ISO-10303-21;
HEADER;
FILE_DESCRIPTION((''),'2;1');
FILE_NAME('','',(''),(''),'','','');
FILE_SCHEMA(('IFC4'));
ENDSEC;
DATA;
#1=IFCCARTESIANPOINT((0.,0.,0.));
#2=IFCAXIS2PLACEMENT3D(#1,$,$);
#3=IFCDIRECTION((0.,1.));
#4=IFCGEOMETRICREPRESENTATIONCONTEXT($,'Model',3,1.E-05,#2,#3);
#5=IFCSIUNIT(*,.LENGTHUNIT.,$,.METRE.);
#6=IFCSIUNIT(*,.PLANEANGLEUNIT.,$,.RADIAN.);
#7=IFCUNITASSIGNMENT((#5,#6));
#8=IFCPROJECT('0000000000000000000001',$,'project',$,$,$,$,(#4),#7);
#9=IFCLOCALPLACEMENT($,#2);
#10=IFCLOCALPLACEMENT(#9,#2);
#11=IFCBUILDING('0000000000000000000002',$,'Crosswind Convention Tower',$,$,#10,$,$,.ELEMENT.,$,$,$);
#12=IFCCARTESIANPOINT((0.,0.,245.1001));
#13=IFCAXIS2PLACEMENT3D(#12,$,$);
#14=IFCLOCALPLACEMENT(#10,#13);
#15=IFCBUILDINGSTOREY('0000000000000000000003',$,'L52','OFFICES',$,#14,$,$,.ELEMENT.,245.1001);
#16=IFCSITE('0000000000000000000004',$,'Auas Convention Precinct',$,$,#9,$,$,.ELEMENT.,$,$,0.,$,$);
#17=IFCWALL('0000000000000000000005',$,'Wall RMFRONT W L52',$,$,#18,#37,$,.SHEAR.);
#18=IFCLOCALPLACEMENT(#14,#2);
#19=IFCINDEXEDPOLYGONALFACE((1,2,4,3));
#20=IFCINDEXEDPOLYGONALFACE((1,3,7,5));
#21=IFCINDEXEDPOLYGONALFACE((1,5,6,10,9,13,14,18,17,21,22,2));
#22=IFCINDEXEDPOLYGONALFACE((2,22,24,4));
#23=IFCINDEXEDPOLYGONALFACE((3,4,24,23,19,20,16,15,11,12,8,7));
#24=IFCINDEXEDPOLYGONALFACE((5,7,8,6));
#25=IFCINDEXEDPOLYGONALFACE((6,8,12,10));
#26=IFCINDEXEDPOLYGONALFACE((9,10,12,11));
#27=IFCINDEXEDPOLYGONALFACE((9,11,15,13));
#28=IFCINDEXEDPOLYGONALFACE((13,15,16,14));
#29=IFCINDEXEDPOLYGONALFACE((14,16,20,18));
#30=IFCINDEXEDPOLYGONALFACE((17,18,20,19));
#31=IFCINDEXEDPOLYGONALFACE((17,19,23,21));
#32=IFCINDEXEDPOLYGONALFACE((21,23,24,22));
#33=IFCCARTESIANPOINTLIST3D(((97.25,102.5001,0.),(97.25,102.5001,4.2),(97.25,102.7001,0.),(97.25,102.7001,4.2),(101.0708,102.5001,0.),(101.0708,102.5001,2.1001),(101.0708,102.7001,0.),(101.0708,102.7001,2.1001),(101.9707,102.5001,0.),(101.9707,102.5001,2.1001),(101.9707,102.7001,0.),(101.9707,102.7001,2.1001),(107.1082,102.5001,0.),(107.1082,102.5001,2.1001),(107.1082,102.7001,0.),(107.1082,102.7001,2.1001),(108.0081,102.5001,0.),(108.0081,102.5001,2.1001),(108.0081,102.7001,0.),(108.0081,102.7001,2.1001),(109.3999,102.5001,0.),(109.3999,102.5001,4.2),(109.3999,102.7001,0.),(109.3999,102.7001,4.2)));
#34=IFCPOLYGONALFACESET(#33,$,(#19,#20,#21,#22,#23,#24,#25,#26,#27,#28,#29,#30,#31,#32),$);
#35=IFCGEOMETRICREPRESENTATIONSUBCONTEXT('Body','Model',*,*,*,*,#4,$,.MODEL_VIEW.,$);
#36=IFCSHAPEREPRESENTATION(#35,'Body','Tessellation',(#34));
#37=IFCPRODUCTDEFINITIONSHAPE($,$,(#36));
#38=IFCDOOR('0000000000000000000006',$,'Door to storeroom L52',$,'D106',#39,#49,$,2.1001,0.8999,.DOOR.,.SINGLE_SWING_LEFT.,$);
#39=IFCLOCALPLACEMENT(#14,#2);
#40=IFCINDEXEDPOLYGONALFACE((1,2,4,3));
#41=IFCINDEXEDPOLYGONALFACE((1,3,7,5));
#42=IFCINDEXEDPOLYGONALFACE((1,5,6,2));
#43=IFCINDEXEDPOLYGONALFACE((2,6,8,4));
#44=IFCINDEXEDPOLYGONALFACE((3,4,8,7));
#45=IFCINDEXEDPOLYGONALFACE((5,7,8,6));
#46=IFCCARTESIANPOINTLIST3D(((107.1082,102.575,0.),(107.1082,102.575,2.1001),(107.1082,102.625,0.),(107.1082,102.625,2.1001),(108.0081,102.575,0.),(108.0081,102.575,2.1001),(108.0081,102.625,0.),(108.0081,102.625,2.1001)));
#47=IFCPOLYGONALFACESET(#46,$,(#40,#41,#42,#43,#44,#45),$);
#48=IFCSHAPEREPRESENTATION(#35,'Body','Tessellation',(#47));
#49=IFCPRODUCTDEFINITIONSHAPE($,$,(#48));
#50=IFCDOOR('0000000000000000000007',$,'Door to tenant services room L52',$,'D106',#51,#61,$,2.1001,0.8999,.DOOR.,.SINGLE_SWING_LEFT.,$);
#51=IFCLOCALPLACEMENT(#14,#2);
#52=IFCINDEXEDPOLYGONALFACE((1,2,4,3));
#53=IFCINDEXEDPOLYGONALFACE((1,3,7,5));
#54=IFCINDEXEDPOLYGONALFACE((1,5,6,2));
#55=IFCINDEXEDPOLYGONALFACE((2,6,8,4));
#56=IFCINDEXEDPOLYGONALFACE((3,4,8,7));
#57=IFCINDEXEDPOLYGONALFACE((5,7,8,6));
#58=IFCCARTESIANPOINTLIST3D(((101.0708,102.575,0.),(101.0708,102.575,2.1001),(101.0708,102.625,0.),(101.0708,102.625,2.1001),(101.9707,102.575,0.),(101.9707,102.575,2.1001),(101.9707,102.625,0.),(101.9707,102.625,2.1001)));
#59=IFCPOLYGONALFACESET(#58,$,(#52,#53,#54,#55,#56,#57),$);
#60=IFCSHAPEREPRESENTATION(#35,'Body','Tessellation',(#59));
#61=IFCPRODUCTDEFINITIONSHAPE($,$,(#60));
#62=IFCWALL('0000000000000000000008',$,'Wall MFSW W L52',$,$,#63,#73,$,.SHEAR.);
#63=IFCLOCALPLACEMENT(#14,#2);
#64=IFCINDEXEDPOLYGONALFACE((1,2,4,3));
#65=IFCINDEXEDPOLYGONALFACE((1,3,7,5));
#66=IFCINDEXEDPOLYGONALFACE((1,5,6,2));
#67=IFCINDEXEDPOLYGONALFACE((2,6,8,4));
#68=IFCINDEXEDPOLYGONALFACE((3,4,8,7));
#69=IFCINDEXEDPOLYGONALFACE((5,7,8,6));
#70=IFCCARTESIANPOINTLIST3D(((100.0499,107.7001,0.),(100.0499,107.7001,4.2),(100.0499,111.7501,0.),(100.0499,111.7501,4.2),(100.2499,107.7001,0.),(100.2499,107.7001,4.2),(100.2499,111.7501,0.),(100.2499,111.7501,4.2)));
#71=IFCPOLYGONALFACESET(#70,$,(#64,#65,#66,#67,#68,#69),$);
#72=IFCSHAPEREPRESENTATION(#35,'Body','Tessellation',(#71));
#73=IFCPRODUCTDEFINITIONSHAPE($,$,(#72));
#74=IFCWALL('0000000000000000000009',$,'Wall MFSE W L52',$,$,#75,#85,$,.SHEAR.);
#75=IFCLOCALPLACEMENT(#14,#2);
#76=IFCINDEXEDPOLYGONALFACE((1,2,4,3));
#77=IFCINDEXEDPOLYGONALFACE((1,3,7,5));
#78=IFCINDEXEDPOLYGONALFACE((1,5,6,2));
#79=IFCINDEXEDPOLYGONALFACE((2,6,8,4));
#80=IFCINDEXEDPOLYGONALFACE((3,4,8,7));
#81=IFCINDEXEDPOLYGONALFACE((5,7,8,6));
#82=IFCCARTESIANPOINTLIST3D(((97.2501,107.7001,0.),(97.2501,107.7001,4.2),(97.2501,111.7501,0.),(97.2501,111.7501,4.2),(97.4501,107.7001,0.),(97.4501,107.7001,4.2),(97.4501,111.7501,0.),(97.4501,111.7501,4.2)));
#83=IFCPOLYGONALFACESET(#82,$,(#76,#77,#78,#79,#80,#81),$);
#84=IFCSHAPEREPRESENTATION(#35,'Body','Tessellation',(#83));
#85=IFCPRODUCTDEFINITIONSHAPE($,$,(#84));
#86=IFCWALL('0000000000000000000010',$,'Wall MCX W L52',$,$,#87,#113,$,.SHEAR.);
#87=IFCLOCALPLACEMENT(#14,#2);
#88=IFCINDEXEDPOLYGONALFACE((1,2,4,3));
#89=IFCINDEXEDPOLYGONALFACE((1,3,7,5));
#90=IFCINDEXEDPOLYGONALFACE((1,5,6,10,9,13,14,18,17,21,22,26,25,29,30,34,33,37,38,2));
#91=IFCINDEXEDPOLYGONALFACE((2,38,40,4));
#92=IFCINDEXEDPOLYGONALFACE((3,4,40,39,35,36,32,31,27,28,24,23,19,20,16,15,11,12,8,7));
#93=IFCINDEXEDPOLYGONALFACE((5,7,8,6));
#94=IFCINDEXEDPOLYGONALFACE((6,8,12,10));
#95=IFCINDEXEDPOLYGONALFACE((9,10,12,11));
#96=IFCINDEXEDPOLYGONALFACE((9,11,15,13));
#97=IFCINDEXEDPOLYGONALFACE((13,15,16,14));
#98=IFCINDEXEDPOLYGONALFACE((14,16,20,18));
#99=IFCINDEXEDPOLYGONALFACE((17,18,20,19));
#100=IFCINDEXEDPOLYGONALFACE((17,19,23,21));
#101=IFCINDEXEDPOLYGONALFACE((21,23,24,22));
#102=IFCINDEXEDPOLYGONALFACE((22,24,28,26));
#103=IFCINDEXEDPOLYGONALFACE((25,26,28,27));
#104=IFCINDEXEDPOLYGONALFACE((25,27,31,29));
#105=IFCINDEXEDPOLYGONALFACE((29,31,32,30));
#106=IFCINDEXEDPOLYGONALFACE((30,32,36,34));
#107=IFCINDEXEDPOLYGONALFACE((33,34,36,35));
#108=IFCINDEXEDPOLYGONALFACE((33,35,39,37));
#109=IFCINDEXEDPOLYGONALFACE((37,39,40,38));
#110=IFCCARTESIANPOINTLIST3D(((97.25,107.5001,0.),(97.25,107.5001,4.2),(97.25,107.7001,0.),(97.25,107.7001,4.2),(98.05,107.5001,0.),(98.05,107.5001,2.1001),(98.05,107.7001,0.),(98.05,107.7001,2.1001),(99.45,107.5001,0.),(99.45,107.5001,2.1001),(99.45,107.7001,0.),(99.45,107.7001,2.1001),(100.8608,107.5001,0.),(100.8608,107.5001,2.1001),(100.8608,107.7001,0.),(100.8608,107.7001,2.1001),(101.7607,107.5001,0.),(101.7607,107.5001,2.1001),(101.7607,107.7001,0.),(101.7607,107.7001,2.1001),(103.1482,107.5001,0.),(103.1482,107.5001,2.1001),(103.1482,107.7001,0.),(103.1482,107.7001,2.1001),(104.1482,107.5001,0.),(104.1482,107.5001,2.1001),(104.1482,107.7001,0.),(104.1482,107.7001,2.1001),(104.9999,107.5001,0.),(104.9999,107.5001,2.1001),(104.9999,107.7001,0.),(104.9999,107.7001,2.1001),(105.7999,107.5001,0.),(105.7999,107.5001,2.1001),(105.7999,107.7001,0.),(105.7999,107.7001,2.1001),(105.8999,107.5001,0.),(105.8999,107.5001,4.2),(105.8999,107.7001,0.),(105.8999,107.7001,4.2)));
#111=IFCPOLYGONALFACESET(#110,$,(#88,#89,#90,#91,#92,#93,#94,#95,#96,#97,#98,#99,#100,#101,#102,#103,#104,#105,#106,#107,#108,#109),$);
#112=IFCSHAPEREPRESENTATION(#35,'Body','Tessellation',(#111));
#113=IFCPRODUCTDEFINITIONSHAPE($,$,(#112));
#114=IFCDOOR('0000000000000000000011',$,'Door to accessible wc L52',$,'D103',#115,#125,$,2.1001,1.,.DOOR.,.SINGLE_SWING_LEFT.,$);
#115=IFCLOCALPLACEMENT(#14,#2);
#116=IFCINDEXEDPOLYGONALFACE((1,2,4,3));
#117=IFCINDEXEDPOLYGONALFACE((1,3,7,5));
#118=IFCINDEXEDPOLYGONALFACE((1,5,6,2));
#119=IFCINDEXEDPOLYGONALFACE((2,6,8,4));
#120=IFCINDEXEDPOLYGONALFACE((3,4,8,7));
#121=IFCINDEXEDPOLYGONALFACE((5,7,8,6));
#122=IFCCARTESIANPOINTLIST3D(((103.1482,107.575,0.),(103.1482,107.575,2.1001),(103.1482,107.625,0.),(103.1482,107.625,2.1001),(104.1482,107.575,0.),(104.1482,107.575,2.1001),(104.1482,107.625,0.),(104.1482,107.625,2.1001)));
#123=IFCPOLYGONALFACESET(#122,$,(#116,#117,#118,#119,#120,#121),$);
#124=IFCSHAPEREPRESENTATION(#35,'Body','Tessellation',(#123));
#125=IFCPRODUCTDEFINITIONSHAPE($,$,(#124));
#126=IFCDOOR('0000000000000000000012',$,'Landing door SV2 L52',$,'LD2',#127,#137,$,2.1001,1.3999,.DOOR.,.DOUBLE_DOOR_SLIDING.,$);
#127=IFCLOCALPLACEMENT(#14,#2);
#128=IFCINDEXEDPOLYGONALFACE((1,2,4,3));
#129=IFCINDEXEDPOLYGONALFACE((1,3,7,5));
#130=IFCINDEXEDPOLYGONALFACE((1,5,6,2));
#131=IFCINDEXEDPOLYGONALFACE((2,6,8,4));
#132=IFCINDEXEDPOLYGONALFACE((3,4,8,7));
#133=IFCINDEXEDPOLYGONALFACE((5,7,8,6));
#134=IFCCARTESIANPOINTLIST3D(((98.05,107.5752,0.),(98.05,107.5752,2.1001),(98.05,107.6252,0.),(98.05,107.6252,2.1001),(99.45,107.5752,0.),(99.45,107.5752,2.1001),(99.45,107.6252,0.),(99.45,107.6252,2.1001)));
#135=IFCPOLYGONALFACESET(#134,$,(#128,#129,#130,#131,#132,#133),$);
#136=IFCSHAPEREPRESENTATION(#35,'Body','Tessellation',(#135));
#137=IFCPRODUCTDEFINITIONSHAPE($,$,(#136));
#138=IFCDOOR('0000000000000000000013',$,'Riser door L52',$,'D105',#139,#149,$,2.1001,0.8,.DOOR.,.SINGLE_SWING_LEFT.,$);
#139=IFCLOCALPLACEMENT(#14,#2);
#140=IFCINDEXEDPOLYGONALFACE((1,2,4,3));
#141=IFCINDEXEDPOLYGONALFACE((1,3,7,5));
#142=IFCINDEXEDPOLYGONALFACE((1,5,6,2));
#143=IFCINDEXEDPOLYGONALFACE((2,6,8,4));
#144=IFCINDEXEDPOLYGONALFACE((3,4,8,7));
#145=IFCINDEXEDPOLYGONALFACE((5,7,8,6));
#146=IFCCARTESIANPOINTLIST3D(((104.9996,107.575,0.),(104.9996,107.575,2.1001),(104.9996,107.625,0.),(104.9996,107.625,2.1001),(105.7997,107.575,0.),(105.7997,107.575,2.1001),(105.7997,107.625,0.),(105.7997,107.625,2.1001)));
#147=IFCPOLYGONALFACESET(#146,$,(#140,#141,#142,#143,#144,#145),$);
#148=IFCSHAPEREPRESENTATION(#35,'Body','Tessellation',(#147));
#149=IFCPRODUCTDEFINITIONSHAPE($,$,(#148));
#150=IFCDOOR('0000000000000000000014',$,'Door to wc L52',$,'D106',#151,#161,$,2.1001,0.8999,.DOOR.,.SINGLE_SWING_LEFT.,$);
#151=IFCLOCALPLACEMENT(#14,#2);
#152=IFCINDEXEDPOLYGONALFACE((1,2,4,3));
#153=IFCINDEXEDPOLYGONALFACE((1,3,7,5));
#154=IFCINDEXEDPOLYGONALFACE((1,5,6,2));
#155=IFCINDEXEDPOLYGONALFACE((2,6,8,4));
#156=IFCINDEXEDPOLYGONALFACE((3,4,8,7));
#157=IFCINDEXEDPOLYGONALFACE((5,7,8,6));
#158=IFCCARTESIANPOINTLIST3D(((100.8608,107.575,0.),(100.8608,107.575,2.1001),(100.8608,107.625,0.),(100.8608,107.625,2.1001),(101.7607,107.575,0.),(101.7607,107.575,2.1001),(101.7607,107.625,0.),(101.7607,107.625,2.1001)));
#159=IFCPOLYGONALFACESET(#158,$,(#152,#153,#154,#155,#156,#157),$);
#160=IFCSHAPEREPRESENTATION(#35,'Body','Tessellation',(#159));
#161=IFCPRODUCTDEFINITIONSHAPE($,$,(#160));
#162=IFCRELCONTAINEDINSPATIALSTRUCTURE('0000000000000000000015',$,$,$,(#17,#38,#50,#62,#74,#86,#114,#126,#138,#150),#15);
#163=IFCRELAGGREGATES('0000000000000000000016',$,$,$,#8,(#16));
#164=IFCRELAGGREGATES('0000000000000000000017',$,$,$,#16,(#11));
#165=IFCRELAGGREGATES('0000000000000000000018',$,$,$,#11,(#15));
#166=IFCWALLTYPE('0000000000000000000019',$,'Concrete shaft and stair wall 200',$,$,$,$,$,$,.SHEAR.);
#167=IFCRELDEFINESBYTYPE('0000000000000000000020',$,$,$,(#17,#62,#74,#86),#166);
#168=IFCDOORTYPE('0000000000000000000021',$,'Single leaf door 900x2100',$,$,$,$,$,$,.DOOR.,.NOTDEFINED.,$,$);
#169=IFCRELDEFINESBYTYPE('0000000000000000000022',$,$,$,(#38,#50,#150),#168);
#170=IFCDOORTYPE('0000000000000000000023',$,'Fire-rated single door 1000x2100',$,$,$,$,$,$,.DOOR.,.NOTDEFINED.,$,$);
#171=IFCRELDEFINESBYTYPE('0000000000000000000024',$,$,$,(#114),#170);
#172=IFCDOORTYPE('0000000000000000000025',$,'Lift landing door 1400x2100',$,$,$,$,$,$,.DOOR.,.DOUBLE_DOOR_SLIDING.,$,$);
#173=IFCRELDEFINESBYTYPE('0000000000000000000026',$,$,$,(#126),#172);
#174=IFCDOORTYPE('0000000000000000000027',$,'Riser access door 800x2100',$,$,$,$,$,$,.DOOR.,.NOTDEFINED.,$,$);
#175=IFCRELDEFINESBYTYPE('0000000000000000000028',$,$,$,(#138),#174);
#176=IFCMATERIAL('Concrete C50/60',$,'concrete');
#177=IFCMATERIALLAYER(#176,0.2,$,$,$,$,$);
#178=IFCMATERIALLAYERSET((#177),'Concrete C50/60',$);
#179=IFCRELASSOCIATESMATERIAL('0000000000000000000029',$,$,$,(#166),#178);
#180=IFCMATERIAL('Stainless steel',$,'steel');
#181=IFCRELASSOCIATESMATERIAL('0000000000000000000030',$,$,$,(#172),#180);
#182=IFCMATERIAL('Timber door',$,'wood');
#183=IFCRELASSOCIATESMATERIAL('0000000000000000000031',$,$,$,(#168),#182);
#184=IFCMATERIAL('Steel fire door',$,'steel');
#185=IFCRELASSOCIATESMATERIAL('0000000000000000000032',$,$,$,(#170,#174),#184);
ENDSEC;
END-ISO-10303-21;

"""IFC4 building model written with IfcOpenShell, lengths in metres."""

from ifc_helpers import new_model, si_unit, direction, frame, frame_2d, origin, place, context, subcontext, project, spatial, rectangle, extrude, material, layer, layer_set, type_object, element, fill, save


model = new_model("IFC4")

# Units and contexts
model_context = context("Model", 3, precision=1e-05, world=origin(), true_north=direction((0.0, 1.0)))
body_context = subcontext(model_context, "Body", "Model", "MODEL_VIEW")
ifc_project = project(units=[si_unit("LENGTHUNIT", "METRE"), si_unit("PLANEANGLEUNIT", "RADIAN")], contexts=[model_context])

# Site, building, storey
site_placement = place(None, origin())
site = spatial("IfcSite", under=ifc_project, at=site_placement, Name="Auas Convention Precinct", CompositionType="ELEMENT", RefElevation=0.0)
building_placement = place(site_placement, origin())
building = spatial("IfcBuilding", under=site, at=building_placement, Name="Crosswind Convention Tower", CompositionType="ELEMENT")
storey_placement = place(building_placement, frame((0.0, 0.0, 245.1001)))
storey = spatial("IfcBuildingStorey", under=building, at=storey_placement, Name="L52", Description="OFFICES", CompositionType="ELEMENT", Elevation=245.1001)

# Shared definitions
ifc_material_1 = material(Name="Concrete C50/60", Category="concrete")
ifc_layer_1 = layer(ifc_material_1, 0.2)
ifc_layer_set_1 = layer_set([ifc_layer_1], Name="Concrete C50/60")
wall_type_1 = type_object("IfcWallType", Name="Concrete shaft and stair wall 200", PredefinedType="SHEAR", material=ifc_layer_set_1)

# Shared definitions
ifc_material_2 = material(Name="Stainless steel", Category="steel")
door_type_1 = type_object("IfcDoorType", Name="Lift landing door 1400x2100", OperationType="DOUBLE_DOOR_SLIDING", PredefinedType="DOOR", material=ifc_material_2)

# Wall, openings, doors
wall_1_placement = place(storey_placement, frame((109.3999, 102.6001, 0.0), z_axis=(0.0, 0.0, 1.0), x_axis=(-1.0, 0.0, 0.0)))
wall_1 = element("IfcWall", 1, at=wall_1_placement, inside=storey, type_object=wall_type_1, Name="Wall RMFRONT W L52", PredefinedType="SHEAR", context=body_context, shape_type="SweptSolid", body=[
    extrude(rectangle(XDim=12.1499, YDim=0.2, at=frame_2d((6.075, 0.0))), origin(), (0.0, 0.0, 1.0), 4.2),
])
opening_1_placement = place(wall_1_placement, frame((1.3918, 0.0, 0.0)))
opening_1 = element("IfcOpeningElement", 2, at=opening_1_placement, cuts=wall_1, PredefinedType="OPENING", context=body_context, shape_type="SweptSolid", body=[
    extrude(rectangle(XDim=0.8999, YDim=2.1001, at=frame_2d((0.45, 1.05))), frame((0.0, 0.1099, 0.0), z_axis=(0.0, -1.0, 0.0), x_axis=(1.0, 0.0, 0.0)), (0.0, 0.0, 1.0), 0.22),
])
opening_2_placement = place(wall_1_placement, frame((7.4292, 0.0, 0.0)))
opening_2 = element("IfcOpeningElement", 3, at=opening_2_placement, cuts=wall_1, PredefinedType="OPENING", context=body_context, shape_type="SweptSolid", body=[
    extrude(rectangle(XDim=0.8999, YDim=2.1001, at=frame_2d((0.45, 1.05))), frame((0.0, 0.1099, 0.0), z_axis=(0.0, -1.0, 0.0), x_axis=(1.0, 0.0, 0.0)), (0.0, 0.0, 1.0), 0.22),
])
ifc_material_3 = material(Name="Timber door", Category="wood")
door_type_2 = type_object("IfcDoorType", Name="Single leaf door 900x2100", OperationType="NOTDEFINED", PredefinedType="DOOR", material=ifc_material_3)
door_1_placement = place(opening_1_placement, frame((0.8999, 0.0, 0.0), z_axis=(0.0, 0.0, 1.0), x_axis=(-1.0, 0.0, 0.0)))
door_1 = element("IfcDoor", 4, at=door_1_placement, inside=storey, type_object=door_type_2, Name="Door to storeroom L52", ObjectType="D106", OperationType="SINGLE_SWING_LEFT", OverallHeight=2.1001, OverallWidth=0.8999, PredefinedType="DOOR", context=body_context, shape_type="SweptSolid", body=[
    extrude(rectangle(XDim=0.8999, YDim=2.1001, at=frame_2d((0.45, 1.05))), frame((0.0, 0.0249, 0.0), z_axis=(0.0, -1.0, 0.0), x_axis=(1.0, 0.0, 0.0)), (0.0, 0.0, 1.0), 0.05),
])
fill(opening_1, door_1)
door_2_placement = place(opening_2_placement, frame((0.8999, 0.0, 0.0), z_axis=(0.0, 0.0, 1.0), x_axis=(-1.0, 0.0, 0.0)))
door_2 = element("IfcDoor", 5, at=door_2_placement, inside=storey, type_object=door_type_2, Name="Door to tenant services room L52", ObjectType="D106", OperationType="SINGLE_SWING_LEFT", OverallHeight=2.1001, OverallWidth=0.8999, PredefinedType="DOOR", context=body_context, shape_type="SweptSolid", body=[
    extrude(rectangle(XDim=0.8999, YDim=2.1001, at=frame_2d((0.45, 1.05))), frame((0.0, 0.0249, 0.0), z_axis=(0.0, -1.0, 0.0), x_axis=(1.0, 0.0, 0.0)), (0.0, 0.0, 1.0), 0.05),
])
fill(opening_2, door_2)

# Walls
for number, where, z_axis, x_axis, name in (
    (6, (100.1499, 111.75, 0.0), (0.0, 0.0, 1.0), (0.0, -1.0, 0.0), "Wall MFSW W L52"),
    (7, (97.3501, 111.75, 0.0), (0.0, 0.0, 1.0), (0.0, -1.0, 0.0), "Wall MFSE W L52"),
):
    element("IfcWall", number, at=place(storey_placement, frame(where, z_axis=z_axis, x_axis=x_axis)), inside=storey, type_object=wall_type_1, Name=name, PredefinedType="SHEAR", context=body_context, shape_type="SweptSolid", body=[
        extrude(rectangle(XDim=4.05, YDim=0.2, at=frame_2d((2.0249, 0.0))), origin(), (0.0, 0.0, 1.0), 4.2),
    ])

# Wall, openings, doors
wall_2_placement = place(storey_placement, frame((105.8999, 107.6001, 0.0), z_axis=(0.0, 0.0, 1.0), x_axis=(-1.0, 0.0, 0.0)))
wall_2 = element("IfcWall", 8, at=wall_2_placement, inside=storey, type_object=wall_type_1, Name="Wall MCX W L52", PredefinedType="SHEAR", context=body_context, shape_type="SweptSolid", body=[
    extrude(rectangle(XDim=8.6499, YDim=0.2, at=frame_2d((4.325, 0.0))), origin(), (0.0, 0.0, 1.0), 4.2),
])
opening_3_placement = place(wall_2_placement, frame((0.1001, 0.0, 0.0)))
opening_3 = element("IfcOpeningElement", 9, at=opening_3_placement, cuts=wall_2, PredefinedType="OPENING", context=body_context, shape_type="SweptSolid", body=[
    extrude(rectangle(XDim=0.8, YDim=2.1001, at=frame_2d((0.3999, 1.05))), frame((0.0, 0.1099, 0.0), z_axis=(0.0, -1.0, 0.0), x_axis=(1.0, 0.0, 0.0)), (0.0, 0.0, 1.0), 0.22),
])
opening_4_placement = place(wall_2_placement, frame((1.7517, 0.0, 0.0)))
opening_4 = element("IfcOpeningElement", 10, at=opening_4_placement, cuts=wall_2, PredefinedType="OPENING", context=body_context, shape_type="SweptSolid", body=[
    extrude(rectangle(XDim=1.0, YDim=2.1001, at=frame_2d((0.5, 1.05))), frame((0.0, 0.1099, 0.0), z_axis=(0.0, -1.0, 0.0), x_axis=(1.0, 0.0, 0.0)), (0.0, 0.0, 1.0), 0.22),
])
opening_5_placement = place(wall_2_placement, frame((4.1392, 0.0, 0.0)))
opening_5 = element("IfcOpeningElement", 11, at=opening_5_placement, cuts=wall_2, PredefinedType="OPENING", context=body_context, shape_type="SweptSolid", body=[
    extrude(rectangle(XDim=0.8999, YDim=2.1001, at=frame_2d((0.45, 1.05))), frame((0.0, 0.1099, 0.0), z_axis=(0.0, -1.0, 0.0), x_axis=(1.0, 0.0, 0.0)), (0.0, 0.0, 1.0), 0.22),
])
opening_6_placement = place(wall_2_placement, frame((6.45, 0.0, 0.0)))
opening_6 = element("IfcOpeningElement", 12, at=opening_6_placement, cuts=wall_2, PredefinedType="OPENING", context=body_context, shape_type="SweptSolid", body=[
    extrude(rectangle(XDim=1.3999, YDim=2.1001, at=frame_2d((0.7, 1.05))), frame((0.0, 0.1099, 0.0), z_axis=(0.0, -1.0, 0.0), x_axis=(1.0, 0.0, 0.0)), (0.0, 0.0, 1.0), 0.22),
])
ifc_material_4 = material(Name="Steel fire door", Category="steel")
door_type_3 = type_object("IfcDoorType", Name="Fire-rated single door 1000x2100", OperationType="NOTDEFINED", PredefinedType="DOOR", material=ifc_material_4)
door_3_placement = place(opening_4_placement, frame((1.0, 0.0, 0.0), z_axis=(0.0, 0.0, 1.0), x_axis=(-1.0, 0.0, 0.0)))
door_3 = element("IfcDoor", 13, at=door_3_placement, inside=storey, type_object=door_type_3, Name="Door to accessible wc L52", ObjectType="D103", OperationType="SINGLE_SWING_LEFT", OverallHeight=2.1001, OverallWidth=1.0, PredefinedType="DOOR", context=body_context, shape_type="SweptSolid", body=[
    extrude(rectangle(XDim=1.0, YDim=2.1001, at=frame_2d((0.5, 1.05))), frame((0.0, 0.0249, 0.0), z_axis=(0.0, -1.0, 0.0), x_axis=(1.0, 0.0, 0.0)), (0.0, 0.0, 1.0), 0.05),
])
fill(opening_4, door_3)
door_4_placement = place(opening_6_placement, origin())
door_4 = element("IfcDoor", 14, at=door_4_placement, inside=storey, type_object=door_type_1, Name="Landing door SV2 L52", ObjectType="LD2", OperationType="DOUBLE_DOOR_SLIDING", OverallHeight=2.1001, OverallWidth=1.3999, PredefinedType="DOOR", context=body_context, shape_type="SweptSolid", body=[
    extrude(rectangle(XDim=1.3999, YDim=2.1001, at=frame_2d((0.7, 1.05))), frame((0.0, 0.0249, 0.0), z_axis=(0.0, -1.0, 0.0), x_axis=(1.0, 0.0, 0.0)), (0.0, 0.0, 1.0), 0.05),
])
fill(opening_6, door_4)
door_type_4 = type_object("IfcDoorType", Name="Riser access door 800x2100", OperationType="NOTDEFINED", PredefinedType="DOOR", material=ifc_material_4)
door_5_placement = place(opening_3_placement, frame((0.8, 0.0, 0.0), z_axis=(0.0, 0.0, 1.0), x_axis=(-1.0, 0.0, 0.0)))
door_5 = element("IfcDoor", 15, at=door_5_placement, inside=storey, type_object=door_type_4, Name="Riser door L52", ObjectType="D105", OperationType="SINGLE_SWING_LEFT", OverallHeight=2.1001, OverallWidth=0.8, PredefinedType="DOOR", context=body_context, shape_type="SweptSolid", body=[
    extrude(rectangle(XDim=0.8, YDim=2.1001, at=frame_2d((0.3999, 1.05))), frame((0.0, 0.0249, 0.0), z_axis=(0.0, -1.0, 0.0), x_axis=(1.0, 0.0, 0.0)), (0.0, 0.0, 1.0), 0.05),
])
fill(opening_3, door_5)
door_6_placement = place(opening_5_placement, frame((0.8999, 0.0, 0.0), z_axis=(0.0, 0.0, 1.0), x_axis=(-1.0, 0.0, 0.0)))
door_6 = element("IfcDoor", 16, at=door_6_placement, inside=storey, type_object=door_type_2, Name="Door to wc L52", ObjectType="D106", OperationType="SINGLE_SWING_LEFT", OverallHeight=2.1001, OverallWidth=0.8999, PredefinedType="DOOR", context=body_context, shape_type="SweptSolid", body=[
    extrude(rectangle(XDim=0.8999, YDim=2.1001, at=frame_2d((0.45, 1.05))), frame((0.0, 0.0249, 0.0), z_axis=(0.0, -1.0, 0.0), x_axis=(1.0, 0.0, 0.0)), (0.0, 0.0, 1.0), 0.05),
])
fill(opening_5, door_6)

save(model, "model.ifc")
